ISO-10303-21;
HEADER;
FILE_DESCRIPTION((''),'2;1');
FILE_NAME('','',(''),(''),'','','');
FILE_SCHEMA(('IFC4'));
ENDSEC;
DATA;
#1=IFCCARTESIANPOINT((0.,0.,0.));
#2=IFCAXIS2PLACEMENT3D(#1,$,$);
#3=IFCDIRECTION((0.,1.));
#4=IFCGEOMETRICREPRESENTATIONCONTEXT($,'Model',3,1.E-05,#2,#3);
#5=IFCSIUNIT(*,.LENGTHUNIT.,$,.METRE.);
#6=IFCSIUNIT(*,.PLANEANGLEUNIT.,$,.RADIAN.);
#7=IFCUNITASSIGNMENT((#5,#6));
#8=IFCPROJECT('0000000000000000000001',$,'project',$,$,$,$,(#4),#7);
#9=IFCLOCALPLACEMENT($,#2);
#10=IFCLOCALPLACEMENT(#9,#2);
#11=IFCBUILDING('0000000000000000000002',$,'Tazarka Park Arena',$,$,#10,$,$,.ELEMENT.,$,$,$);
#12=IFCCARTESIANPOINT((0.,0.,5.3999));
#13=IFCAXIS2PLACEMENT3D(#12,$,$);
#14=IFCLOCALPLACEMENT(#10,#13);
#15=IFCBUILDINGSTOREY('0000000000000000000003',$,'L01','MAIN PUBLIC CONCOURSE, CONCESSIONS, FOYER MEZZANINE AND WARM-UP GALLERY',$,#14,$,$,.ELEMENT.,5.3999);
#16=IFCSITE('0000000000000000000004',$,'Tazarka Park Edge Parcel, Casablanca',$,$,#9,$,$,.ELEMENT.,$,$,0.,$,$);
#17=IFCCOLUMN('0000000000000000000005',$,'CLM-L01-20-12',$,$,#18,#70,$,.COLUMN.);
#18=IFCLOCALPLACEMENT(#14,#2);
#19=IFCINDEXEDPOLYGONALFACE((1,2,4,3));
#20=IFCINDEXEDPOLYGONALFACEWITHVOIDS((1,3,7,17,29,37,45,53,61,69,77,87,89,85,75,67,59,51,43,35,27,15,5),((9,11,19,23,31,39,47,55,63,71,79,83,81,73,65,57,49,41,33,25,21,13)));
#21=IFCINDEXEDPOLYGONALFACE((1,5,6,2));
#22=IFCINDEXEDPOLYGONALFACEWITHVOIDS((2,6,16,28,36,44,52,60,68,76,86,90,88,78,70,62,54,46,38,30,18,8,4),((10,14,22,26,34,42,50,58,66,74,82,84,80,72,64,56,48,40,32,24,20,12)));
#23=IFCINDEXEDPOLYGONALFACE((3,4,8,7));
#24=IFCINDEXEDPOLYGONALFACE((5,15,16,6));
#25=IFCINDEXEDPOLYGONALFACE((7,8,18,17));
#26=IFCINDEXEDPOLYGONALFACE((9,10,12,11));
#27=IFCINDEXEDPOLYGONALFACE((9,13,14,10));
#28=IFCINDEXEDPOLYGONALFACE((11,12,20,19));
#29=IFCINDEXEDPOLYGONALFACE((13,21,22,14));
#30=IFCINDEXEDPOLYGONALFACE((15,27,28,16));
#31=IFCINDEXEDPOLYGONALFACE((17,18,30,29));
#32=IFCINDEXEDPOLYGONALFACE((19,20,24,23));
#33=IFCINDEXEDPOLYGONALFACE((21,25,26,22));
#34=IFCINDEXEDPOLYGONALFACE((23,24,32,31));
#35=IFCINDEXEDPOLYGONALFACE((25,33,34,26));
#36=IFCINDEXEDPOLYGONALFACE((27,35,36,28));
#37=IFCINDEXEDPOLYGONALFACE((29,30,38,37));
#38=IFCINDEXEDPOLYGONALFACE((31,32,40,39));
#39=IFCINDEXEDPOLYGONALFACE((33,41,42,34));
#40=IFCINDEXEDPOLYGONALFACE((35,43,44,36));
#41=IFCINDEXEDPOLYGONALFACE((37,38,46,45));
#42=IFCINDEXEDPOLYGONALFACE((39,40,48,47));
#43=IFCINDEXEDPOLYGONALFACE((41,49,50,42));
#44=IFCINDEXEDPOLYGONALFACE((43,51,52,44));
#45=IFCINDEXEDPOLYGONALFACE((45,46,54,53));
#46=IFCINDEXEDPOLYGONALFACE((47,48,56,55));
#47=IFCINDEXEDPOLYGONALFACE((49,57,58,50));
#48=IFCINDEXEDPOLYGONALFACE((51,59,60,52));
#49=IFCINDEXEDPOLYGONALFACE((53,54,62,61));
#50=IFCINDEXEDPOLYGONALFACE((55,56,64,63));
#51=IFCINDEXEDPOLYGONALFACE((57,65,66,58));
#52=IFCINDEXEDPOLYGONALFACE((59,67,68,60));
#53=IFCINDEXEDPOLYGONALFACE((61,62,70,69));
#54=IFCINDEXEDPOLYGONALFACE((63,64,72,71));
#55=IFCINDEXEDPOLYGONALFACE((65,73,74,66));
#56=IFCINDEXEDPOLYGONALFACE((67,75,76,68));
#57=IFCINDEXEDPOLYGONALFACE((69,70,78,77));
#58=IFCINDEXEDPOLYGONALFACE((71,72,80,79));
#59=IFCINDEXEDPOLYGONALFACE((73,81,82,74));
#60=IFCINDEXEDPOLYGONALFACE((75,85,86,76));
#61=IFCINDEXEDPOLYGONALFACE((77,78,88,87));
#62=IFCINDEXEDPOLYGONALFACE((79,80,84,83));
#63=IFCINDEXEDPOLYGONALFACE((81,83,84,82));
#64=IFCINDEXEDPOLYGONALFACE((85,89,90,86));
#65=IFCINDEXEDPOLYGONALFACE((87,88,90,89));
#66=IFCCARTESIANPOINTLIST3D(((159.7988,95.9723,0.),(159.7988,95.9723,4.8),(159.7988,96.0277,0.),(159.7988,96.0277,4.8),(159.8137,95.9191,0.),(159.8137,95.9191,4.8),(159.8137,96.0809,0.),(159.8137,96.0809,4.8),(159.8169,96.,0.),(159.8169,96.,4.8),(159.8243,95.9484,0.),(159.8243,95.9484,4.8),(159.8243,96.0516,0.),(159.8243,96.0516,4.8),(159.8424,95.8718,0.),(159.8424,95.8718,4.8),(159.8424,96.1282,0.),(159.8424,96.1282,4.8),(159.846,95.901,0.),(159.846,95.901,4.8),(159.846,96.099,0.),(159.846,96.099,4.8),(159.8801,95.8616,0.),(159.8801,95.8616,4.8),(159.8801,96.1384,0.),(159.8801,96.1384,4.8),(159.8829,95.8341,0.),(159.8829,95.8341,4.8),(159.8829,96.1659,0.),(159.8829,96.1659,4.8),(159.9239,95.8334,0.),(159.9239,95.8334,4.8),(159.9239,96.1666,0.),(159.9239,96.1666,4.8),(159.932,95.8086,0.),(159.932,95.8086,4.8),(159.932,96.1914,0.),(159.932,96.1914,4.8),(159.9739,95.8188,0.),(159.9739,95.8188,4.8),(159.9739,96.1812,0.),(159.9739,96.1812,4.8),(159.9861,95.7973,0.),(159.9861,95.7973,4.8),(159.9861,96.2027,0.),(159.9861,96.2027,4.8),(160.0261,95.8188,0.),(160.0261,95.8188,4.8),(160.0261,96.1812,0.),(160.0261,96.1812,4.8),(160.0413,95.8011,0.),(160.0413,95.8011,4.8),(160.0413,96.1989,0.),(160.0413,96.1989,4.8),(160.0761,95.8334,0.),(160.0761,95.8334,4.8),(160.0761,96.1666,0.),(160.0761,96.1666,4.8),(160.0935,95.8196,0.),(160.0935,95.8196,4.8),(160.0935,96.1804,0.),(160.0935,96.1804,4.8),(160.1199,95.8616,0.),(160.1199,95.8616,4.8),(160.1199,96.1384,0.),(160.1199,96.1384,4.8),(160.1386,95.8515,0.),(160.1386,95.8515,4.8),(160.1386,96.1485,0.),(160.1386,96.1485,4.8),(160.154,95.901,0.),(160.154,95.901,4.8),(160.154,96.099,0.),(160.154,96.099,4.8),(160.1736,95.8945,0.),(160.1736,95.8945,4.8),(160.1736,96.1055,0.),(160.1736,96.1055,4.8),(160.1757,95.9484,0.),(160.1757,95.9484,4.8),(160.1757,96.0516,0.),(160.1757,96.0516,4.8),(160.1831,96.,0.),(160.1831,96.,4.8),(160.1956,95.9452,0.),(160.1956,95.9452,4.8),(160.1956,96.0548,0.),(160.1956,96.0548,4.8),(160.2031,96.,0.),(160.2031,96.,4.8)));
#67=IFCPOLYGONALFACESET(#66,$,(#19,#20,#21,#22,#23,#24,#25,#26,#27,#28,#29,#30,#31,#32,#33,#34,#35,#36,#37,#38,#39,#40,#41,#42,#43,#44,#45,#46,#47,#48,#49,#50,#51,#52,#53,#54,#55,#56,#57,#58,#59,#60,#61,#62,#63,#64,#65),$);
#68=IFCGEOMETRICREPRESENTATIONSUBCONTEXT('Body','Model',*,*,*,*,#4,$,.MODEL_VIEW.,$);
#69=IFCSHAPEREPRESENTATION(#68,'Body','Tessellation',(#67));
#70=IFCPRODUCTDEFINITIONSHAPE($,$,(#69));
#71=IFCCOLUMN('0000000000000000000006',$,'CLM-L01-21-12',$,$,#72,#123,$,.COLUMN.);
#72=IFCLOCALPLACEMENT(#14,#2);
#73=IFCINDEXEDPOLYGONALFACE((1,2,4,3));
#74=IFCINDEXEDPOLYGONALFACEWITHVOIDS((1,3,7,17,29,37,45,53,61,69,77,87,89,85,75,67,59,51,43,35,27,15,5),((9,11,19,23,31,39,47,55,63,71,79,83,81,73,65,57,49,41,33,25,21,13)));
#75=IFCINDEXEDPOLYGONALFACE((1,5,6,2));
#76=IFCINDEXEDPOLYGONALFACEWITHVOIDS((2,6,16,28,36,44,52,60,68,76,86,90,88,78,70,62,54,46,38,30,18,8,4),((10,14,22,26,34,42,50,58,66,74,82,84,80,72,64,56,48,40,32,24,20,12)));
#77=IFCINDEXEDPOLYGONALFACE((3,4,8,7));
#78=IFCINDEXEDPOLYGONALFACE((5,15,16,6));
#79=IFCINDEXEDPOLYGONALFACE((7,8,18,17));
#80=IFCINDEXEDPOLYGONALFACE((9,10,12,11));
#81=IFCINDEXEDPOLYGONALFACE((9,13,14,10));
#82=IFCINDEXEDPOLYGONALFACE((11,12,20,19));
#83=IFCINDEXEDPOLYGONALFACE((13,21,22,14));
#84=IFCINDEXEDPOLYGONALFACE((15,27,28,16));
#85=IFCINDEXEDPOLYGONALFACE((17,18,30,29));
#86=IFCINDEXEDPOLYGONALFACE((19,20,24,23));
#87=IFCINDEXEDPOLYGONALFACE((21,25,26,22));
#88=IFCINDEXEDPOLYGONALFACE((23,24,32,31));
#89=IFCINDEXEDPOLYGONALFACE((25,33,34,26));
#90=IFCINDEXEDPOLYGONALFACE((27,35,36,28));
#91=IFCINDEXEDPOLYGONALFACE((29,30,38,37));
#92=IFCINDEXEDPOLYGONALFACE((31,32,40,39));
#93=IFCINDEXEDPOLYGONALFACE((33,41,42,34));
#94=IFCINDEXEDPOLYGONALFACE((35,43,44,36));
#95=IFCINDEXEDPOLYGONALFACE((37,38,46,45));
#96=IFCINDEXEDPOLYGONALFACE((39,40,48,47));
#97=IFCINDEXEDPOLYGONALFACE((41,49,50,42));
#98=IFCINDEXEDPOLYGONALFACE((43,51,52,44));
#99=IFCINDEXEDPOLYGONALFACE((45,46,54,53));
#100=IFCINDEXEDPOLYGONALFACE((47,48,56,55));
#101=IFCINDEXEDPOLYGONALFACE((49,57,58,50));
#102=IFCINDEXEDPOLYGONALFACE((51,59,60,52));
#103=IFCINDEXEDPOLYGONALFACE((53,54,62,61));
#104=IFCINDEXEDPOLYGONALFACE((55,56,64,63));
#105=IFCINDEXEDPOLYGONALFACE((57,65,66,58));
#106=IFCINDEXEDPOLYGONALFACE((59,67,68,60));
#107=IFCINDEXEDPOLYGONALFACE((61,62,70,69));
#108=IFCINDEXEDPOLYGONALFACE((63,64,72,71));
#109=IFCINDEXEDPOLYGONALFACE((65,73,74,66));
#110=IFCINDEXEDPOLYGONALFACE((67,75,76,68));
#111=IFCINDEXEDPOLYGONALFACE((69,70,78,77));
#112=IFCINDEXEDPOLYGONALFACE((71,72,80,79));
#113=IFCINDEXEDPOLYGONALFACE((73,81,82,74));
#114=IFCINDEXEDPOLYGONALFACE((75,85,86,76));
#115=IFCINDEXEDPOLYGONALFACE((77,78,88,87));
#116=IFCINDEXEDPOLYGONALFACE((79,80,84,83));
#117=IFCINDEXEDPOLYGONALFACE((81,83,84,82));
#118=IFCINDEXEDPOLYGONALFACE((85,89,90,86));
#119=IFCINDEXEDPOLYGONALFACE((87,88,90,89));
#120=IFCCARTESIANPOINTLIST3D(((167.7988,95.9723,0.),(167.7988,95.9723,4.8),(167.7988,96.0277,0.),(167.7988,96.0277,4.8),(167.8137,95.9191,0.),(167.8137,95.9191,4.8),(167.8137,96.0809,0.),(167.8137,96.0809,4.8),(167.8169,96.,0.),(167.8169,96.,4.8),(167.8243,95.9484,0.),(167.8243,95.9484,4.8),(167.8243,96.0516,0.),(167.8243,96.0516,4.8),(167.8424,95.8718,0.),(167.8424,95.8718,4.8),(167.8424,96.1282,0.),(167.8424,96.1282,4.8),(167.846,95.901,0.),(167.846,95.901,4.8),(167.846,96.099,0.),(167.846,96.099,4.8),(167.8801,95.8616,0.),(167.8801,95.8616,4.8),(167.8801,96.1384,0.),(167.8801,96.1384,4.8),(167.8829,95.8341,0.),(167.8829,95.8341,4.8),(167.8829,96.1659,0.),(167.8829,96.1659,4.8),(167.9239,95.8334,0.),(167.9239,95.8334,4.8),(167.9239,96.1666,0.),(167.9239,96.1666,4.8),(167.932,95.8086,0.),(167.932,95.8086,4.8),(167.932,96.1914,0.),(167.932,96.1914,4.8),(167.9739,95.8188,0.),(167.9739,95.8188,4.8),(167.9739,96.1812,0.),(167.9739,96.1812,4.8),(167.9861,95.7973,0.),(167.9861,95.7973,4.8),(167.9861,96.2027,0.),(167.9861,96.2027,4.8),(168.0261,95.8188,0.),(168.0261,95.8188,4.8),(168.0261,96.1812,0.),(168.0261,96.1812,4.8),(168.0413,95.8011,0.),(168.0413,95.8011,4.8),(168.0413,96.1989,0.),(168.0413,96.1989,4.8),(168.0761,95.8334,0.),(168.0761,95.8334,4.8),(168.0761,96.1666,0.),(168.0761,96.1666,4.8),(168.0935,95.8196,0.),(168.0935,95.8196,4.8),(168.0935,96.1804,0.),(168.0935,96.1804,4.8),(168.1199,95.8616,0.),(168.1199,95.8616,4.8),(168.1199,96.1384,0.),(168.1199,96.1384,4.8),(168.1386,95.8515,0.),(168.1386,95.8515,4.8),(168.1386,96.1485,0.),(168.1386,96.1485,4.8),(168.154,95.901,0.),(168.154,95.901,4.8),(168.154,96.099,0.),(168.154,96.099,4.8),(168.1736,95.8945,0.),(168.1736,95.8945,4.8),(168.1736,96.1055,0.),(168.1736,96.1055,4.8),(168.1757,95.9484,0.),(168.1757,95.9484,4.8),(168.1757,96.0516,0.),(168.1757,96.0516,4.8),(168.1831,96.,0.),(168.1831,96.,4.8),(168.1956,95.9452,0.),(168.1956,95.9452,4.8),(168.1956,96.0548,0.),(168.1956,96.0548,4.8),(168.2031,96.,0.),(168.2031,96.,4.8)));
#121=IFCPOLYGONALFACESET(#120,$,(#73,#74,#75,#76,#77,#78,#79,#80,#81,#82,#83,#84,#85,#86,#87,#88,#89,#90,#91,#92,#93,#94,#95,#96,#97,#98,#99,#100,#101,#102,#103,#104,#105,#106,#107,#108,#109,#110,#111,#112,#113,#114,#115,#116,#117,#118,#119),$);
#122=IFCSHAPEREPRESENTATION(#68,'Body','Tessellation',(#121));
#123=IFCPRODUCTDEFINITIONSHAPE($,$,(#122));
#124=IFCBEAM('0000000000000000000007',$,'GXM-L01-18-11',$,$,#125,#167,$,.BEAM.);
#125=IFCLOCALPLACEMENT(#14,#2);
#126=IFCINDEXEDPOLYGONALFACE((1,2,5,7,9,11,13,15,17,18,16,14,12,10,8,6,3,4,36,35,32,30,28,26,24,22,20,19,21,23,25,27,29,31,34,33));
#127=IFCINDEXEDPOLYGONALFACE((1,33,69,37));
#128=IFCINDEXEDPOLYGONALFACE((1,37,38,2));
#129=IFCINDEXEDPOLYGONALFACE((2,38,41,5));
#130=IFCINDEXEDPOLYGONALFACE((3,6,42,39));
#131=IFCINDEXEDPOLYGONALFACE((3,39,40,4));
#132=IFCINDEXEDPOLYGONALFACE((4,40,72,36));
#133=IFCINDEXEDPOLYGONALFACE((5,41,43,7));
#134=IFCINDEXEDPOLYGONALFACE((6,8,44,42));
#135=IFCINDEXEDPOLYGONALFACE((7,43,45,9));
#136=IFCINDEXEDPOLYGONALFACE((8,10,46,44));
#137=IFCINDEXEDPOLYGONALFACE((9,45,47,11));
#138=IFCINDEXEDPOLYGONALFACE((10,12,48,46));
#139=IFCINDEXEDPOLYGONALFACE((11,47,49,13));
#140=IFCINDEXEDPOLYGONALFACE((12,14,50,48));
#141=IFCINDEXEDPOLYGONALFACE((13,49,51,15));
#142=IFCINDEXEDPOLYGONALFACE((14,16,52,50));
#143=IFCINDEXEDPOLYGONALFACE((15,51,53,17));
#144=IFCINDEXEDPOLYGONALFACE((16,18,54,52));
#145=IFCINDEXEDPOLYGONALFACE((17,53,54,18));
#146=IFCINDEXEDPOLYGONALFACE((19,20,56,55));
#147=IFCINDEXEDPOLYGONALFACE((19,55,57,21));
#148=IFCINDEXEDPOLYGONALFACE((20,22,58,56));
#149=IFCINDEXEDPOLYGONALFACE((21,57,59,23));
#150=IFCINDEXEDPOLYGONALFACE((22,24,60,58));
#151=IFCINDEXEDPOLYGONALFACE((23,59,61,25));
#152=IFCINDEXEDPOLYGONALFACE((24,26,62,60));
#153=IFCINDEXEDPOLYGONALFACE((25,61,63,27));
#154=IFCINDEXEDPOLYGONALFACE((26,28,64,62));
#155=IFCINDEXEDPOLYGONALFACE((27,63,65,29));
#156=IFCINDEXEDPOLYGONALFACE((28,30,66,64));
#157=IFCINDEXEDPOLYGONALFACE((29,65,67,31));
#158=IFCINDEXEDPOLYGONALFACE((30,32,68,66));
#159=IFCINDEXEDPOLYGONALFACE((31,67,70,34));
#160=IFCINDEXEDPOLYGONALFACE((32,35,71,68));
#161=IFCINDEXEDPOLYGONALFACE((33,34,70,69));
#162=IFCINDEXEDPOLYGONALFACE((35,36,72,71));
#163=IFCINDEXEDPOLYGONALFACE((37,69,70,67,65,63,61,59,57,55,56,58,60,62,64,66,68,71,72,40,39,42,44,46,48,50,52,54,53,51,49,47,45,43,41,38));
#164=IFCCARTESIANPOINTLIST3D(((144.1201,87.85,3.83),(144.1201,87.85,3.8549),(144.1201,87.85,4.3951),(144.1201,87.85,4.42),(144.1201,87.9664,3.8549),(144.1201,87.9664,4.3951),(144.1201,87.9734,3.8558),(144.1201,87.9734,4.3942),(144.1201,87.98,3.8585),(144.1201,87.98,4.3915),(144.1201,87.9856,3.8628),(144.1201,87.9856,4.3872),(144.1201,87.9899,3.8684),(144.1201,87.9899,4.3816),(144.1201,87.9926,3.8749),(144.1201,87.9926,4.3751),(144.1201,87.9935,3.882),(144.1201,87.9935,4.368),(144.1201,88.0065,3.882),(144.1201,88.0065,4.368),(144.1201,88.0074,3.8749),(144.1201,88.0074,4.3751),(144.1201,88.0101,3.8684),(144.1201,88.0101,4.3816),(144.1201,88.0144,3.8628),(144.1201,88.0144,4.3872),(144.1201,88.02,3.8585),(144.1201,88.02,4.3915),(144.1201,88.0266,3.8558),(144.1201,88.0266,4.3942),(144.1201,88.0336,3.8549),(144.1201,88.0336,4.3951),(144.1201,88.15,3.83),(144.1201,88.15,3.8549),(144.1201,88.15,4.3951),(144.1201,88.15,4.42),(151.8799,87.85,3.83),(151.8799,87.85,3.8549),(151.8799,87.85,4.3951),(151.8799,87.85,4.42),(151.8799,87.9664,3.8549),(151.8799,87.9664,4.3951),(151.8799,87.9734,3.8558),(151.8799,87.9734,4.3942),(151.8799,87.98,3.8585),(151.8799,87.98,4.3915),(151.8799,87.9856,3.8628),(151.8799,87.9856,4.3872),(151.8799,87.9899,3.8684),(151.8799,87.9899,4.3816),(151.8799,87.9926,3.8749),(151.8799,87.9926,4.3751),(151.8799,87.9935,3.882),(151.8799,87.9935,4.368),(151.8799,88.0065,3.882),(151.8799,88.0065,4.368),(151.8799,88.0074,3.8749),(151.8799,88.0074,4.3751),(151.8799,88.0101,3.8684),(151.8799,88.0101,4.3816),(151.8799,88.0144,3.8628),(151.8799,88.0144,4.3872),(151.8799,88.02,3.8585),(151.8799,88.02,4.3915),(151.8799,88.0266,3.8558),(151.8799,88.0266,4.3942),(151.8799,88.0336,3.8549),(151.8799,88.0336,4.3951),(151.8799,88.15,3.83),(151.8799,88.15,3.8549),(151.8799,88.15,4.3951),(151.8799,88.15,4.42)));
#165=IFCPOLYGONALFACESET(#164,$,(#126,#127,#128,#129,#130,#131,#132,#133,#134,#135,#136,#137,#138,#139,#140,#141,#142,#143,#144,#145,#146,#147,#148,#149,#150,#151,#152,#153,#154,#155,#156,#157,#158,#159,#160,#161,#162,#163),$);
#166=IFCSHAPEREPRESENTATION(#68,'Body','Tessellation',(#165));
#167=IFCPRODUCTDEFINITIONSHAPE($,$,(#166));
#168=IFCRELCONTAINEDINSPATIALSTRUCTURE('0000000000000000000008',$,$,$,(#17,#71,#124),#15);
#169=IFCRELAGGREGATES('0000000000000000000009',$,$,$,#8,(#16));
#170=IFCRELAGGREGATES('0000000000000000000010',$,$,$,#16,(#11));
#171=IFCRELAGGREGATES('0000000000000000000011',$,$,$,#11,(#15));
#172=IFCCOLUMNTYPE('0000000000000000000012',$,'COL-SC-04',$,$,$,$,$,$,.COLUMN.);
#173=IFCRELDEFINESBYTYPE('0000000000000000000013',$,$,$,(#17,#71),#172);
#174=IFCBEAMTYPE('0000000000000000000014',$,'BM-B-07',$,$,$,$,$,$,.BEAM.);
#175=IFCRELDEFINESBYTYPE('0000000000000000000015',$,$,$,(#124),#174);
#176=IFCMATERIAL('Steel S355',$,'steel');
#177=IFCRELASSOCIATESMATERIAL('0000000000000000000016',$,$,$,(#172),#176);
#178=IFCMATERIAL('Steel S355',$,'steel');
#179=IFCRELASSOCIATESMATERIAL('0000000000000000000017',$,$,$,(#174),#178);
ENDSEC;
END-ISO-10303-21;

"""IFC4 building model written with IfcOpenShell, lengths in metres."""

from ifc_helpers import new_model, si_unit, direction, frame, origin, origin_2d, place, context, subcontext, project, spatial, hollow_circle, i_section, extrude, material, material_profile, profile_set, type_object, element, save


model = new_model("IFC4")

# Units and contexts
model_context = context("Model", 3, precision=1e-05, world=origin(), true_north=direction((0.0, 1.0)))
body_context = subcontext(model_context, "Body", "Model", "MODEL_VIEW")
ifc_project = project(units=[si_unit("LENGTHUNIT", "METRE"), si_unit("PLANEANGLEUNIT", "RADIAN")], contexts=[model_context])

# Site, building, storey
site_placement = place(None, origin())
site = spatial("IfcSite", under=ifc_project, at=site_placement, Name="Tazarka Park Edge Parcel, Casablanca", CompositionType="ELEMENT", RefElevation=0.0)
building_placement = place(site_placement, origin())
building = spatial("IfcBuilding", under=site, at=building_placement, Name="Tazarka Park Arena", CompositionType="ELEMENT")
storey_placement = place(building_placement, frame((0.0, 0.0, 5.3999)))
storey = spatial("IfcBuildingStorey", under=building, at=storey_placement, Name="L01", Description="MAIN PUBLIC CONCOURSE, CONCESSIONS, FOYER MEZZANINE AND WARM-UP GALLERY", CompositionType="ELEMENT", Elevation=5.3999)

# Columns
ifc_material_1 = material(Name="Steel S355", Category="steel")
ifc_material_profile_1 = material_profile(ifc_material_1, hollow_circle(Radius=0.2031, WallThickness=0.02, at=origin_2d()), Name="Steel S355")
ifc_profile_set_1 = profile_set([ifc_material_profile_1], Name="Steel S355")
column_type_1 = type_object("IfcColumnType", Name="COL-SC-04", PredefinedType="COLUMN", material=ifc_profile_set_1)
for number, where, z_axis, x_axis, name in (
    (1, (160.0, 96.0, 0.0), (0.0, 0.0, 1.0), (1.0, 0.0, 0.0), "CLM-L01-20-12"),
    (2, (168.0, 96.0, 0.0), (0.0, 0.0, 1.0), (1.0, 0.0, 0.0), "CLM-L01-21-12"),
):
    element("IfcColumn", number, at=place(storey_placement, frame(where, z_axis=z_axis, x_axis=x_axis)), inside=storey, type_object=column_type_1, Name=name, PredefinedType="COLUMN", context=body_context, shape_type="SweptSolid", body=[
        extrude(hollow_circle(Radius=0.2031, WallThickness=0.02, at=origin_2d()), origin(), (0.0, 0.0, 1.0), 4.8),
    ])

# Beam
ifc_material_2 = material(Name="Steel S355", Category="steel")
ifc_material_profile_2 = material_profile(ifc_material_2, i_section(OverallWidth=0.3, OverallDepth=0.5901, WebThickness=0.0129, FlangeThickness=0.0249, FilletRadius=0.0271, at=origin_2d()), Name="Steel S355")
ifc_profile_set_2 = profile_set([ifc_material_profile_2], Name="Steel S355")
beam_type_1 = type_object("IfcBeamType", Name="BM-B-07", PredefinedType="BEAM", material=ifc_profile_set_2)
for number, where, z_axis, x_axis, name in (
    (3, (144.1201, 88.0, 4.125), (1.0, 0.0, 0.0), (0.0, 1.0, 0.0), "GXM-L01-18-11"),
):
    element("IfcBeam", number, at=place(storey_placement, frame(where, z_axis=z_axis, x_axis=x_axis)), inside=storey, type_object=beam_type_1, Name=name, PredefinedType="BEAM", context=body_context, shape_type="SweptSolid", body=[
        extrude(i_section(OverallWidth=0.3, OverallDepth=0.5901, WebThickness=0.0129, FlangeThickness=0.0249, FilletRadius=0.0271, at=origin_2d()), origin(), (0.0, 0.0, 1.0), 7.7598),
    ])

save(model, "model.ifc")
